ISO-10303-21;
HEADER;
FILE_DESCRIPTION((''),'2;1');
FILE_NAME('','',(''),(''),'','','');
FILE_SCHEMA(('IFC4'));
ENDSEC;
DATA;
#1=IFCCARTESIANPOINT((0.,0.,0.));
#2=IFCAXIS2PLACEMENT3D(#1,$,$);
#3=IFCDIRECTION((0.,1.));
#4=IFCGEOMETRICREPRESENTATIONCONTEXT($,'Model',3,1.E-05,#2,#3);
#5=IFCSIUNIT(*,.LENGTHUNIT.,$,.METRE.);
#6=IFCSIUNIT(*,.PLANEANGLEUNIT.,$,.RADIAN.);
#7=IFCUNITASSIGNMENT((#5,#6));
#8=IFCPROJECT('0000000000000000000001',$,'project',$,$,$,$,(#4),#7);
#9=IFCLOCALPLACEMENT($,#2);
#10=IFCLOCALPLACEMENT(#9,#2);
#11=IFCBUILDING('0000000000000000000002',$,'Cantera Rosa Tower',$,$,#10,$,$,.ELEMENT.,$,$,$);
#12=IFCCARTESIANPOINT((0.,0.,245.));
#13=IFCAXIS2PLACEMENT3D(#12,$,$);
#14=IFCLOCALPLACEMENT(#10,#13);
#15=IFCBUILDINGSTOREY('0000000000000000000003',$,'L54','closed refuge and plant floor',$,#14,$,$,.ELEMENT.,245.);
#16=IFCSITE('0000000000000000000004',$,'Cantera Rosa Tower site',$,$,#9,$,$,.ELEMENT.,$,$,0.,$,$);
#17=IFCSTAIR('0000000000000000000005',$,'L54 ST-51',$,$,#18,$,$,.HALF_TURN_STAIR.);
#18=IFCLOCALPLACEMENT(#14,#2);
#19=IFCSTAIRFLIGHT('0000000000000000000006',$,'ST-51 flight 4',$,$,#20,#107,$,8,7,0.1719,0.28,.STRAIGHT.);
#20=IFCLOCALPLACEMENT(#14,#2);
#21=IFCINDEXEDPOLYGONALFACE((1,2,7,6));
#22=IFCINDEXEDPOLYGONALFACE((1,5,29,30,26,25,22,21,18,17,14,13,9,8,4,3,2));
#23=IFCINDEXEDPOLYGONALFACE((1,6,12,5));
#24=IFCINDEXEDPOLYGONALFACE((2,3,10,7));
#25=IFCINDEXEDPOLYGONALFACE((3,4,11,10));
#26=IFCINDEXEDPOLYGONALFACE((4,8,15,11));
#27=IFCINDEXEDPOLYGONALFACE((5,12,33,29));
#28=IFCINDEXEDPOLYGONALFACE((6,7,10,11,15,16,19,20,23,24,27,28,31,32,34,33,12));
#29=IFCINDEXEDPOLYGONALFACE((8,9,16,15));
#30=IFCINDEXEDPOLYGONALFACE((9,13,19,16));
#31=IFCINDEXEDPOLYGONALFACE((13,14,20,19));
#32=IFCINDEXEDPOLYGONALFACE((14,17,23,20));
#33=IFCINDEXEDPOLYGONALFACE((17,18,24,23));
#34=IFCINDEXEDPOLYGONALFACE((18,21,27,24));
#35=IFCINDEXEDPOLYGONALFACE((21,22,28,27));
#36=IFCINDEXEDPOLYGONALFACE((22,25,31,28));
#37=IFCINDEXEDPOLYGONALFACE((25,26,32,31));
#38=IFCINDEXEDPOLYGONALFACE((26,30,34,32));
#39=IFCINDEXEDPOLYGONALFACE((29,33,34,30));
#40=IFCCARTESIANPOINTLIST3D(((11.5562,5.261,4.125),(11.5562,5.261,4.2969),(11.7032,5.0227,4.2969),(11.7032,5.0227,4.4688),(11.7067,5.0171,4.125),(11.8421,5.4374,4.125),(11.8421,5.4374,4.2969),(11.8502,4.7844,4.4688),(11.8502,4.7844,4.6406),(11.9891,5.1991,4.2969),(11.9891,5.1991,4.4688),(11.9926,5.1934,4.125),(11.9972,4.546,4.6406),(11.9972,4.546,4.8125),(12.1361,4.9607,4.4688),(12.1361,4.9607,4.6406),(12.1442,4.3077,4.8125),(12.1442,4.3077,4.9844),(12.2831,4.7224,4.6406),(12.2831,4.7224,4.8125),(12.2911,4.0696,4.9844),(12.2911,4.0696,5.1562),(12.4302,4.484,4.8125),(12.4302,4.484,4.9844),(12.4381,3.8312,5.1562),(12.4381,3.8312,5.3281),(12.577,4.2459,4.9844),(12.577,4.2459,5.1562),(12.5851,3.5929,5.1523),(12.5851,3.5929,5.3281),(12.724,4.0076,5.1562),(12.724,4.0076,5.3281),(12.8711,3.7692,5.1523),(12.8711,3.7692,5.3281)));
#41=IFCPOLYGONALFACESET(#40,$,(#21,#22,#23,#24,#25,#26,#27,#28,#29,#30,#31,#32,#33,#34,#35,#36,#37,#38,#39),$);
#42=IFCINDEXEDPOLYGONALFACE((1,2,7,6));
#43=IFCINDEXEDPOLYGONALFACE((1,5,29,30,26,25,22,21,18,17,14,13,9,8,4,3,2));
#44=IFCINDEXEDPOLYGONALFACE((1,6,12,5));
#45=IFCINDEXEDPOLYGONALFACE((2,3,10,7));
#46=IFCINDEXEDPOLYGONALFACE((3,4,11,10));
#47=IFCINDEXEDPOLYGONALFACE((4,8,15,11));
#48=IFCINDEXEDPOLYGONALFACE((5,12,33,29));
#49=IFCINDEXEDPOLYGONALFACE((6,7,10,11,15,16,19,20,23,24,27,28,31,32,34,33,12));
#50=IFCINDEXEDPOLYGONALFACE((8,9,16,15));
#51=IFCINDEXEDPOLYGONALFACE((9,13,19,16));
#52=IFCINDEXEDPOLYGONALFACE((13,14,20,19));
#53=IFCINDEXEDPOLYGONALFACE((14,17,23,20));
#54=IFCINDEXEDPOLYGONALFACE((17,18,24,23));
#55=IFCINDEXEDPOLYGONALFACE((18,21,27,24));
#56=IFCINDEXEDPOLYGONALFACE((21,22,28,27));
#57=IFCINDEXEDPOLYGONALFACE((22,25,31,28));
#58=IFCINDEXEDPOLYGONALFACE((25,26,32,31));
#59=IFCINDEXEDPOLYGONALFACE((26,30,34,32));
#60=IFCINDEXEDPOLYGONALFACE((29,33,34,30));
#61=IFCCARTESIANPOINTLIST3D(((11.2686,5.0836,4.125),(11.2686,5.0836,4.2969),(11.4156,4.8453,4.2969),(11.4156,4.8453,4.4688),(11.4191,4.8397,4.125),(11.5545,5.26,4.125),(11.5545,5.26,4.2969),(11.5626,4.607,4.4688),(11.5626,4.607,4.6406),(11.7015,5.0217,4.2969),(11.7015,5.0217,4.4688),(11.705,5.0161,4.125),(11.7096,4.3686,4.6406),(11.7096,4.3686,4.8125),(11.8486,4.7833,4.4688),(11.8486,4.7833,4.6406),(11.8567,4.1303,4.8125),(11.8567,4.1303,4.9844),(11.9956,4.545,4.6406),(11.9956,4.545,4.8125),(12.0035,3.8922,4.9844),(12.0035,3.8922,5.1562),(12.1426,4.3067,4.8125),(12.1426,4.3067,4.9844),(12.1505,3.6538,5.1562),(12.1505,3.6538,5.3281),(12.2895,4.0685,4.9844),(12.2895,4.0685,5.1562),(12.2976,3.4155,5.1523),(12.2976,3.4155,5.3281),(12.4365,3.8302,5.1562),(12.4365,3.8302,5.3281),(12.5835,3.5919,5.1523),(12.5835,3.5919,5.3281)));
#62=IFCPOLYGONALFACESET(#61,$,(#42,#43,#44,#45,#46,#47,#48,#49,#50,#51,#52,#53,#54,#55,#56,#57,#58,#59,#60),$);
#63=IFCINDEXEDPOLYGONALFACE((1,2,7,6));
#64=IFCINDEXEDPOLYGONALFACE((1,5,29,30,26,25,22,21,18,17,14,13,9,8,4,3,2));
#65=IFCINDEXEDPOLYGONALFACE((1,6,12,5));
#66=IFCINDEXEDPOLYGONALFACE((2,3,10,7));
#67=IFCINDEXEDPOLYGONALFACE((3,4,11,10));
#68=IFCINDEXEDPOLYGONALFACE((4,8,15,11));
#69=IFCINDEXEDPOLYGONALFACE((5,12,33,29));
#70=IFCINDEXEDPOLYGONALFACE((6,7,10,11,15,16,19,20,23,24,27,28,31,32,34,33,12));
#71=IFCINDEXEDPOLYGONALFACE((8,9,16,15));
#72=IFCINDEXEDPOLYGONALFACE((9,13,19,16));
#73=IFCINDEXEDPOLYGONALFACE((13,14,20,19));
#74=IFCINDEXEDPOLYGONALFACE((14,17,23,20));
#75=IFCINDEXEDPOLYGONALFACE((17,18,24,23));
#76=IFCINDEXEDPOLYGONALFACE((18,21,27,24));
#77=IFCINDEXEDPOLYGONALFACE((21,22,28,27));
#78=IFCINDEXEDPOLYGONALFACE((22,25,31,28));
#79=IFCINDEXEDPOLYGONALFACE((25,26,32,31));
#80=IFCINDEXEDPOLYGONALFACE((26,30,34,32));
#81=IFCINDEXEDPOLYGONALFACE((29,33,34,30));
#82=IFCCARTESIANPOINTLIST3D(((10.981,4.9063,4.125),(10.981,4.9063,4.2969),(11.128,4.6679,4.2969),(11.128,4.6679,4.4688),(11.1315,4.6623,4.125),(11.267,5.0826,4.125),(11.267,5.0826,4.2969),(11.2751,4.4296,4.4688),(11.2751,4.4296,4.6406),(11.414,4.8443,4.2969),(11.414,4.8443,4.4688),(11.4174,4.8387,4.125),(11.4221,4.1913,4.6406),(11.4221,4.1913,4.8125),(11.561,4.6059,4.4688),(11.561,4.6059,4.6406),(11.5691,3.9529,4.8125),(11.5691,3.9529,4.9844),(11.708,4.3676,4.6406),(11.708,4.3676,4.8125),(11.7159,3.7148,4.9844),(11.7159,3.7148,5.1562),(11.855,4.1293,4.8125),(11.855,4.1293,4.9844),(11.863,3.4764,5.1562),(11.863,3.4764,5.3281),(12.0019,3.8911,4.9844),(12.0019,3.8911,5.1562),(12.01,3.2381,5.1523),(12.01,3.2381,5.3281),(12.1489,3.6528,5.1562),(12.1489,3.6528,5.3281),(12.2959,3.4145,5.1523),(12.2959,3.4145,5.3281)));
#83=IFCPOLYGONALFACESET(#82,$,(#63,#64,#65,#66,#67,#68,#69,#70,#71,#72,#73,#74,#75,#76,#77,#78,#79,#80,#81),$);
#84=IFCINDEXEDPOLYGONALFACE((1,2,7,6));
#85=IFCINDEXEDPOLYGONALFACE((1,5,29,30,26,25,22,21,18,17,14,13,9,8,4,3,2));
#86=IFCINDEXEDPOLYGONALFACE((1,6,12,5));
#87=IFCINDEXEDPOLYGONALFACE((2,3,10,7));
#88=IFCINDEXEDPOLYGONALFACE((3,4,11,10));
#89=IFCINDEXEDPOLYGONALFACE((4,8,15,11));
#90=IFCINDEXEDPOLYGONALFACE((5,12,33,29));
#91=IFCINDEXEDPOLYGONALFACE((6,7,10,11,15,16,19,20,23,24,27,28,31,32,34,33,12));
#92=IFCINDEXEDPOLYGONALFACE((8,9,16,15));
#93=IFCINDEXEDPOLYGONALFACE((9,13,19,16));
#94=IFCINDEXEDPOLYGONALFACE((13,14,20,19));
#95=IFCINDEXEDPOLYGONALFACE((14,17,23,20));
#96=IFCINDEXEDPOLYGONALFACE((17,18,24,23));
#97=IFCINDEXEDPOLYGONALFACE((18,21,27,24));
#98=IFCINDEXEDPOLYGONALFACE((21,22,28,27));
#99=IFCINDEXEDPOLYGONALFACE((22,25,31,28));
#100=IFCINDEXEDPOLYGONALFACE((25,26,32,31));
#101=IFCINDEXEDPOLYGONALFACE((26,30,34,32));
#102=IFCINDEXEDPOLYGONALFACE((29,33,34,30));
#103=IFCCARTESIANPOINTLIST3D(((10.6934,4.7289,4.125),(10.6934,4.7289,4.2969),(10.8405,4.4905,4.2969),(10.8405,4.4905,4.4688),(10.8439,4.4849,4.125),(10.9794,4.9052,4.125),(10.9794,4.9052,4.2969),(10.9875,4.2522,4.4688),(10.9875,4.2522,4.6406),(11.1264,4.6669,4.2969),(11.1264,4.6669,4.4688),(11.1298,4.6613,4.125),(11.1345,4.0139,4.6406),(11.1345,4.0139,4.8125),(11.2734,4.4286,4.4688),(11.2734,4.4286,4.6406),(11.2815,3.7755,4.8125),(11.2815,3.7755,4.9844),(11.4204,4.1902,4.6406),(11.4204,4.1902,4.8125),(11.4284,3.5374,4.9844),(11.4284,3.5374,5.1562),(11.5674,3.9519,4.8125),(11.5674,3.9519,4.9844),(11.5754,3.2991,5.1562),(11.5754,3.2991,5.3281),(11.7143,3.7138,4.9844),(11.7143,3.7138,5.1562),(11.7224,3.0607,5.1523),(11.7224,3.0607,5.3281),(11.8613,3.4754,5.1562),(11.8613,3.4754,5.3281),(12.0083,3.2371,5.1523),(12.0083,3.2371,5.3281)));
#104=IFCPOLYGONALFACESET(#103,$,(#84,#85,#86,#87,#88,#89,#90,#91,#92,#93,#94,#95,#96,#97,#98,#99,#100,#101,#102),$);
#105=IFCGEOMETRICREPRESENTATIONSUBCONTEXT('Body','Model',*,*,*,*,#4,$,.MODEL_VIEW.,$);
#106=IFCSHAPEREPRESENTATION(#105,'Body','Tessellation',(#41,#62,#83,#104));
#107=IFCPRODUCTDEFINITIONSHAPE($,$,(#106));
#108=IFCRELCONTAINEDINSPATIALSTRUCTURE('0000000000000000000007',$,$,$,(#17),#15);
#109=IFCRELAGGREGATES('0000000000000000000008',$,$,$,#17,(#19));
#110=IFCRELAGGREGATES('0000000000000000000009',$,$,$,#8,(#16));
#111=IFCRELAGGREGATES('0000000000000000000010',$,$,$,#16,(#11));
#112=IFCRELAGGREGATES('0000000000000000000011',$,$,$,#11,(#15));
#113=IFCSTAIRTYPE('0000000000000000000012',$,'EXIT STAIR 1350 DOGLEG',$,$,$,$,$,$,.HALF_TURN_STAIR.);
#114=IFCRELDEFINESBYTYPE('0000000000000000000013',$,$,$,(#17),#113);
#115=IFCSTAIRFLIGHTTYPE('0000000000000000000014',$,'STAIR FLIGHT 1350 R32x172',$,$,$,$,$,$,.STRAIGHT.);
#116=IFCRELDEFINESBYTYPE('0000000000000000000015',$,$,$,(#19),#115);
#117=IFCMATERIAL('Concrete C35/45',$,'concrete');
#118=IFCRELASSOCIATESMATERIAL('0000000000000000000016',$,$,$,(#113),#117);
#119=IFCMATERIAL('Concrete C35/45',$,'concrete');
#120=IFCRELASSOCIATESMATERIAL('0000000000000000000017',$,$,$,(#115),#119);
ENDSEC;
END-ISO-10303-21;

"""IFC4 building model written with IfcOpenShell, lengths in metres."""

from ifc_helpers import new_model, si_unit, direction, frame, origin, place, context, subcontext, project, spatial, polyline, outline, extrude, material, type_object, element, aggregate, save


model = new_model("IFC4")

# Units and contexts
model_context = context("Model", 3, precision=1e-05, world=origin(), true_north=direction((0.0, 1.0)))
body_context = subcontext(model_context, "Body", "Model", "MODEL_VIEW")
ifc_project = project(units=[si_unit("LENGTHUNIT", "METRE"), si_unit("PLANEANGLEUNIT", "RADIAN")], contexts=[model_context])

# Site, building, storey
site_placement = place(None, origin())
site = spatial("IfcSite", under=ifc_project, at=site_placement, Name="Cantera Rosa Tower site", CompositionType="ELEMENT", RefElevation=0.0)
building_placement = place(site_placement, origin())
building = spatial("IfcBuilding", under=site, at=building_placement, Name="Cantera Rosa Tower", CompositionType="ELEMENT")
storey_placement = place(building_placement, frame((0.0, 0.0, 245.0)))
storey = spatial("IfcBuildingStorey", under=building, at=storey_placement, Name="L54", Description="closed refuge and plant floor", CompositionType="ELEMENT", Elevation=245.0)

# Stair, stair flight
ifc_material_1 = material(Name="Concrete C35/45", Category="concrete")
stair_type = type_object("IfcStairType", Name="EXIT STAIR 1350 DOGLEG", PredefinedType="HALF_TURN_STAIR", material=ifc_material_1)
stair_placement = place(storey_placement, origin())
stair = element("IfcStair", 1, at=stair_placement, inside=storey, type_object=stair_type, Name="L54 ST-51", PredefinedType="HALF_TURN_STAIR")
ifc_material_2 = material(Name="Concrete C35/45", Category="concrete")
stair_flight_type = type_object("IfcStairFlightType", Name="STAIR FLIGHT 1350 R32x172", PredefinedType="STRAIGHT", material=ifc_material_2)
stair_flight_1_placement = place(storey_placement, frame((11.2676, 5.083, 4.125), z_axis=(0.0, 0.0, 1.0), x_axis=(0.524977, -0.851117, 0.0)))
stair_flight_1 = element("IfcStairFlight", 2, at=stair_flight_1_placement, type_object=stair_flight_type, Name="ST-51 flight 4", NumberOfRisers=8, NumberOfTreads=7, PredefinedType="STRAIGHT", RiserHeight=0.1719, TreadLength=0.28, context=body_context, shape_type="SweptSolid", body=[
    extrude(outline(polyline([(0.0, 0.0), (0.0, 0.1719), (0.28, 0.1719), (0.28, 0.3438), (0.5601, 0.3438), (0.5601, 0.5156), (0.8401, 0.5156), (0.8401, 0.6875), (1.1201, 0.6875), (1.1201, 0.8594), (1.3999, 0.8594), (1.3999, 1.0312), (1.6799, 1.0312), (1.6799, 1.2031), (1.96, 1.2031), (1.96, 1.375), (1.96, 1.0273), (0.2866, 0.0), (0.0, 0.0)])), frame((0.0, 0.675, 0.0), z_axis=(0.0, -1.0, 0.0), x_axis=(1.0, 0.0, 0.0)), (0.0, 0.0, 1.0), 0.3359),
    extrude(outline(polyline([(0.0, 0.0), (0.0, 0.1719), (0.28, 0.1719), (0.28, 0.3438), (0.5601, 0.3438), (0.5601, 0.5156), (0.8401, 0.5156), (0.8401, 0.6875), (1.1201, 0.6875), (1.1201, 0.8594), (1.3999, 0.8594), (1.3999, 1.0312), (1.6799, 1.0312), (1.6799, 1.2031), (1.96, 1.2031), (1.96, 1.375), (1.96, 1.0273), (0.2866, 0.0), (0.0, 0.0)])), frame((0.0, 0.3372, 0.0), z_axis=(0.0, -1.0, 0.0), x_axis=(1.0, 0.0, 0.0)), (0.0, 0.0, 1.0), 0.3359),
    extrude(outline(polyline([(0.0, 0.0), (0.0, 0.1719), (0.28, 0.1719), (0.28, 0.3438), (0.5601, 0.3438), (0.5601, 0.5156), (0.8401, 0.5156), (0.8401, 0.6875), (1.1201, 0.6875), (1.1201, 0.8594), (1.3999, 0.8594), (1.3999, 1.0312), (1.6799, 1.0312), (1.6799, 1.2031), (1.96, 1.2031), (1.96, 1.375), (1.96, 1.0273), (0.2866, 0.0), (0.0, 0.0)])), frame((0.0, -0.0007, 0.0), z_axis=(0.0, -1.0, 0.0), x_axis=(1.0, 0.0, 0.0)), (0.0, 0.0, 1.0), 0.3359),
    extrude(outline(polyline([(0.0, 0.0), (0.0, 0.1719), (0.28, 0.1719), (0.28, 0.3438), (0.5601, 0.3438), (0.5601, 0.5156), (0.8401, 0.5156), (0.8401, 0.6875), (1.1201, 0.6875), (1.1201, 0.8594), (1.3999, 0.8594), (1.3999, 1.0312), (1.6799, 1.0312), (1.6799, 1.2031), (1.96, 1.2031), (1.96, 1.375), (1.96, 1.0273), (0.2866, 0.0), (0.0, 0.0)])), frame((0.0, -0.3386, 0.0), z_axis=(0.0, -1.0, 0.0), x_axis=(1.0, 0.0, 0.0)), (0.0, 0.0, 1.0), 0.3359),
])
aggregate(stair, [stair_flight_1])

save(model, "model.ifc")
